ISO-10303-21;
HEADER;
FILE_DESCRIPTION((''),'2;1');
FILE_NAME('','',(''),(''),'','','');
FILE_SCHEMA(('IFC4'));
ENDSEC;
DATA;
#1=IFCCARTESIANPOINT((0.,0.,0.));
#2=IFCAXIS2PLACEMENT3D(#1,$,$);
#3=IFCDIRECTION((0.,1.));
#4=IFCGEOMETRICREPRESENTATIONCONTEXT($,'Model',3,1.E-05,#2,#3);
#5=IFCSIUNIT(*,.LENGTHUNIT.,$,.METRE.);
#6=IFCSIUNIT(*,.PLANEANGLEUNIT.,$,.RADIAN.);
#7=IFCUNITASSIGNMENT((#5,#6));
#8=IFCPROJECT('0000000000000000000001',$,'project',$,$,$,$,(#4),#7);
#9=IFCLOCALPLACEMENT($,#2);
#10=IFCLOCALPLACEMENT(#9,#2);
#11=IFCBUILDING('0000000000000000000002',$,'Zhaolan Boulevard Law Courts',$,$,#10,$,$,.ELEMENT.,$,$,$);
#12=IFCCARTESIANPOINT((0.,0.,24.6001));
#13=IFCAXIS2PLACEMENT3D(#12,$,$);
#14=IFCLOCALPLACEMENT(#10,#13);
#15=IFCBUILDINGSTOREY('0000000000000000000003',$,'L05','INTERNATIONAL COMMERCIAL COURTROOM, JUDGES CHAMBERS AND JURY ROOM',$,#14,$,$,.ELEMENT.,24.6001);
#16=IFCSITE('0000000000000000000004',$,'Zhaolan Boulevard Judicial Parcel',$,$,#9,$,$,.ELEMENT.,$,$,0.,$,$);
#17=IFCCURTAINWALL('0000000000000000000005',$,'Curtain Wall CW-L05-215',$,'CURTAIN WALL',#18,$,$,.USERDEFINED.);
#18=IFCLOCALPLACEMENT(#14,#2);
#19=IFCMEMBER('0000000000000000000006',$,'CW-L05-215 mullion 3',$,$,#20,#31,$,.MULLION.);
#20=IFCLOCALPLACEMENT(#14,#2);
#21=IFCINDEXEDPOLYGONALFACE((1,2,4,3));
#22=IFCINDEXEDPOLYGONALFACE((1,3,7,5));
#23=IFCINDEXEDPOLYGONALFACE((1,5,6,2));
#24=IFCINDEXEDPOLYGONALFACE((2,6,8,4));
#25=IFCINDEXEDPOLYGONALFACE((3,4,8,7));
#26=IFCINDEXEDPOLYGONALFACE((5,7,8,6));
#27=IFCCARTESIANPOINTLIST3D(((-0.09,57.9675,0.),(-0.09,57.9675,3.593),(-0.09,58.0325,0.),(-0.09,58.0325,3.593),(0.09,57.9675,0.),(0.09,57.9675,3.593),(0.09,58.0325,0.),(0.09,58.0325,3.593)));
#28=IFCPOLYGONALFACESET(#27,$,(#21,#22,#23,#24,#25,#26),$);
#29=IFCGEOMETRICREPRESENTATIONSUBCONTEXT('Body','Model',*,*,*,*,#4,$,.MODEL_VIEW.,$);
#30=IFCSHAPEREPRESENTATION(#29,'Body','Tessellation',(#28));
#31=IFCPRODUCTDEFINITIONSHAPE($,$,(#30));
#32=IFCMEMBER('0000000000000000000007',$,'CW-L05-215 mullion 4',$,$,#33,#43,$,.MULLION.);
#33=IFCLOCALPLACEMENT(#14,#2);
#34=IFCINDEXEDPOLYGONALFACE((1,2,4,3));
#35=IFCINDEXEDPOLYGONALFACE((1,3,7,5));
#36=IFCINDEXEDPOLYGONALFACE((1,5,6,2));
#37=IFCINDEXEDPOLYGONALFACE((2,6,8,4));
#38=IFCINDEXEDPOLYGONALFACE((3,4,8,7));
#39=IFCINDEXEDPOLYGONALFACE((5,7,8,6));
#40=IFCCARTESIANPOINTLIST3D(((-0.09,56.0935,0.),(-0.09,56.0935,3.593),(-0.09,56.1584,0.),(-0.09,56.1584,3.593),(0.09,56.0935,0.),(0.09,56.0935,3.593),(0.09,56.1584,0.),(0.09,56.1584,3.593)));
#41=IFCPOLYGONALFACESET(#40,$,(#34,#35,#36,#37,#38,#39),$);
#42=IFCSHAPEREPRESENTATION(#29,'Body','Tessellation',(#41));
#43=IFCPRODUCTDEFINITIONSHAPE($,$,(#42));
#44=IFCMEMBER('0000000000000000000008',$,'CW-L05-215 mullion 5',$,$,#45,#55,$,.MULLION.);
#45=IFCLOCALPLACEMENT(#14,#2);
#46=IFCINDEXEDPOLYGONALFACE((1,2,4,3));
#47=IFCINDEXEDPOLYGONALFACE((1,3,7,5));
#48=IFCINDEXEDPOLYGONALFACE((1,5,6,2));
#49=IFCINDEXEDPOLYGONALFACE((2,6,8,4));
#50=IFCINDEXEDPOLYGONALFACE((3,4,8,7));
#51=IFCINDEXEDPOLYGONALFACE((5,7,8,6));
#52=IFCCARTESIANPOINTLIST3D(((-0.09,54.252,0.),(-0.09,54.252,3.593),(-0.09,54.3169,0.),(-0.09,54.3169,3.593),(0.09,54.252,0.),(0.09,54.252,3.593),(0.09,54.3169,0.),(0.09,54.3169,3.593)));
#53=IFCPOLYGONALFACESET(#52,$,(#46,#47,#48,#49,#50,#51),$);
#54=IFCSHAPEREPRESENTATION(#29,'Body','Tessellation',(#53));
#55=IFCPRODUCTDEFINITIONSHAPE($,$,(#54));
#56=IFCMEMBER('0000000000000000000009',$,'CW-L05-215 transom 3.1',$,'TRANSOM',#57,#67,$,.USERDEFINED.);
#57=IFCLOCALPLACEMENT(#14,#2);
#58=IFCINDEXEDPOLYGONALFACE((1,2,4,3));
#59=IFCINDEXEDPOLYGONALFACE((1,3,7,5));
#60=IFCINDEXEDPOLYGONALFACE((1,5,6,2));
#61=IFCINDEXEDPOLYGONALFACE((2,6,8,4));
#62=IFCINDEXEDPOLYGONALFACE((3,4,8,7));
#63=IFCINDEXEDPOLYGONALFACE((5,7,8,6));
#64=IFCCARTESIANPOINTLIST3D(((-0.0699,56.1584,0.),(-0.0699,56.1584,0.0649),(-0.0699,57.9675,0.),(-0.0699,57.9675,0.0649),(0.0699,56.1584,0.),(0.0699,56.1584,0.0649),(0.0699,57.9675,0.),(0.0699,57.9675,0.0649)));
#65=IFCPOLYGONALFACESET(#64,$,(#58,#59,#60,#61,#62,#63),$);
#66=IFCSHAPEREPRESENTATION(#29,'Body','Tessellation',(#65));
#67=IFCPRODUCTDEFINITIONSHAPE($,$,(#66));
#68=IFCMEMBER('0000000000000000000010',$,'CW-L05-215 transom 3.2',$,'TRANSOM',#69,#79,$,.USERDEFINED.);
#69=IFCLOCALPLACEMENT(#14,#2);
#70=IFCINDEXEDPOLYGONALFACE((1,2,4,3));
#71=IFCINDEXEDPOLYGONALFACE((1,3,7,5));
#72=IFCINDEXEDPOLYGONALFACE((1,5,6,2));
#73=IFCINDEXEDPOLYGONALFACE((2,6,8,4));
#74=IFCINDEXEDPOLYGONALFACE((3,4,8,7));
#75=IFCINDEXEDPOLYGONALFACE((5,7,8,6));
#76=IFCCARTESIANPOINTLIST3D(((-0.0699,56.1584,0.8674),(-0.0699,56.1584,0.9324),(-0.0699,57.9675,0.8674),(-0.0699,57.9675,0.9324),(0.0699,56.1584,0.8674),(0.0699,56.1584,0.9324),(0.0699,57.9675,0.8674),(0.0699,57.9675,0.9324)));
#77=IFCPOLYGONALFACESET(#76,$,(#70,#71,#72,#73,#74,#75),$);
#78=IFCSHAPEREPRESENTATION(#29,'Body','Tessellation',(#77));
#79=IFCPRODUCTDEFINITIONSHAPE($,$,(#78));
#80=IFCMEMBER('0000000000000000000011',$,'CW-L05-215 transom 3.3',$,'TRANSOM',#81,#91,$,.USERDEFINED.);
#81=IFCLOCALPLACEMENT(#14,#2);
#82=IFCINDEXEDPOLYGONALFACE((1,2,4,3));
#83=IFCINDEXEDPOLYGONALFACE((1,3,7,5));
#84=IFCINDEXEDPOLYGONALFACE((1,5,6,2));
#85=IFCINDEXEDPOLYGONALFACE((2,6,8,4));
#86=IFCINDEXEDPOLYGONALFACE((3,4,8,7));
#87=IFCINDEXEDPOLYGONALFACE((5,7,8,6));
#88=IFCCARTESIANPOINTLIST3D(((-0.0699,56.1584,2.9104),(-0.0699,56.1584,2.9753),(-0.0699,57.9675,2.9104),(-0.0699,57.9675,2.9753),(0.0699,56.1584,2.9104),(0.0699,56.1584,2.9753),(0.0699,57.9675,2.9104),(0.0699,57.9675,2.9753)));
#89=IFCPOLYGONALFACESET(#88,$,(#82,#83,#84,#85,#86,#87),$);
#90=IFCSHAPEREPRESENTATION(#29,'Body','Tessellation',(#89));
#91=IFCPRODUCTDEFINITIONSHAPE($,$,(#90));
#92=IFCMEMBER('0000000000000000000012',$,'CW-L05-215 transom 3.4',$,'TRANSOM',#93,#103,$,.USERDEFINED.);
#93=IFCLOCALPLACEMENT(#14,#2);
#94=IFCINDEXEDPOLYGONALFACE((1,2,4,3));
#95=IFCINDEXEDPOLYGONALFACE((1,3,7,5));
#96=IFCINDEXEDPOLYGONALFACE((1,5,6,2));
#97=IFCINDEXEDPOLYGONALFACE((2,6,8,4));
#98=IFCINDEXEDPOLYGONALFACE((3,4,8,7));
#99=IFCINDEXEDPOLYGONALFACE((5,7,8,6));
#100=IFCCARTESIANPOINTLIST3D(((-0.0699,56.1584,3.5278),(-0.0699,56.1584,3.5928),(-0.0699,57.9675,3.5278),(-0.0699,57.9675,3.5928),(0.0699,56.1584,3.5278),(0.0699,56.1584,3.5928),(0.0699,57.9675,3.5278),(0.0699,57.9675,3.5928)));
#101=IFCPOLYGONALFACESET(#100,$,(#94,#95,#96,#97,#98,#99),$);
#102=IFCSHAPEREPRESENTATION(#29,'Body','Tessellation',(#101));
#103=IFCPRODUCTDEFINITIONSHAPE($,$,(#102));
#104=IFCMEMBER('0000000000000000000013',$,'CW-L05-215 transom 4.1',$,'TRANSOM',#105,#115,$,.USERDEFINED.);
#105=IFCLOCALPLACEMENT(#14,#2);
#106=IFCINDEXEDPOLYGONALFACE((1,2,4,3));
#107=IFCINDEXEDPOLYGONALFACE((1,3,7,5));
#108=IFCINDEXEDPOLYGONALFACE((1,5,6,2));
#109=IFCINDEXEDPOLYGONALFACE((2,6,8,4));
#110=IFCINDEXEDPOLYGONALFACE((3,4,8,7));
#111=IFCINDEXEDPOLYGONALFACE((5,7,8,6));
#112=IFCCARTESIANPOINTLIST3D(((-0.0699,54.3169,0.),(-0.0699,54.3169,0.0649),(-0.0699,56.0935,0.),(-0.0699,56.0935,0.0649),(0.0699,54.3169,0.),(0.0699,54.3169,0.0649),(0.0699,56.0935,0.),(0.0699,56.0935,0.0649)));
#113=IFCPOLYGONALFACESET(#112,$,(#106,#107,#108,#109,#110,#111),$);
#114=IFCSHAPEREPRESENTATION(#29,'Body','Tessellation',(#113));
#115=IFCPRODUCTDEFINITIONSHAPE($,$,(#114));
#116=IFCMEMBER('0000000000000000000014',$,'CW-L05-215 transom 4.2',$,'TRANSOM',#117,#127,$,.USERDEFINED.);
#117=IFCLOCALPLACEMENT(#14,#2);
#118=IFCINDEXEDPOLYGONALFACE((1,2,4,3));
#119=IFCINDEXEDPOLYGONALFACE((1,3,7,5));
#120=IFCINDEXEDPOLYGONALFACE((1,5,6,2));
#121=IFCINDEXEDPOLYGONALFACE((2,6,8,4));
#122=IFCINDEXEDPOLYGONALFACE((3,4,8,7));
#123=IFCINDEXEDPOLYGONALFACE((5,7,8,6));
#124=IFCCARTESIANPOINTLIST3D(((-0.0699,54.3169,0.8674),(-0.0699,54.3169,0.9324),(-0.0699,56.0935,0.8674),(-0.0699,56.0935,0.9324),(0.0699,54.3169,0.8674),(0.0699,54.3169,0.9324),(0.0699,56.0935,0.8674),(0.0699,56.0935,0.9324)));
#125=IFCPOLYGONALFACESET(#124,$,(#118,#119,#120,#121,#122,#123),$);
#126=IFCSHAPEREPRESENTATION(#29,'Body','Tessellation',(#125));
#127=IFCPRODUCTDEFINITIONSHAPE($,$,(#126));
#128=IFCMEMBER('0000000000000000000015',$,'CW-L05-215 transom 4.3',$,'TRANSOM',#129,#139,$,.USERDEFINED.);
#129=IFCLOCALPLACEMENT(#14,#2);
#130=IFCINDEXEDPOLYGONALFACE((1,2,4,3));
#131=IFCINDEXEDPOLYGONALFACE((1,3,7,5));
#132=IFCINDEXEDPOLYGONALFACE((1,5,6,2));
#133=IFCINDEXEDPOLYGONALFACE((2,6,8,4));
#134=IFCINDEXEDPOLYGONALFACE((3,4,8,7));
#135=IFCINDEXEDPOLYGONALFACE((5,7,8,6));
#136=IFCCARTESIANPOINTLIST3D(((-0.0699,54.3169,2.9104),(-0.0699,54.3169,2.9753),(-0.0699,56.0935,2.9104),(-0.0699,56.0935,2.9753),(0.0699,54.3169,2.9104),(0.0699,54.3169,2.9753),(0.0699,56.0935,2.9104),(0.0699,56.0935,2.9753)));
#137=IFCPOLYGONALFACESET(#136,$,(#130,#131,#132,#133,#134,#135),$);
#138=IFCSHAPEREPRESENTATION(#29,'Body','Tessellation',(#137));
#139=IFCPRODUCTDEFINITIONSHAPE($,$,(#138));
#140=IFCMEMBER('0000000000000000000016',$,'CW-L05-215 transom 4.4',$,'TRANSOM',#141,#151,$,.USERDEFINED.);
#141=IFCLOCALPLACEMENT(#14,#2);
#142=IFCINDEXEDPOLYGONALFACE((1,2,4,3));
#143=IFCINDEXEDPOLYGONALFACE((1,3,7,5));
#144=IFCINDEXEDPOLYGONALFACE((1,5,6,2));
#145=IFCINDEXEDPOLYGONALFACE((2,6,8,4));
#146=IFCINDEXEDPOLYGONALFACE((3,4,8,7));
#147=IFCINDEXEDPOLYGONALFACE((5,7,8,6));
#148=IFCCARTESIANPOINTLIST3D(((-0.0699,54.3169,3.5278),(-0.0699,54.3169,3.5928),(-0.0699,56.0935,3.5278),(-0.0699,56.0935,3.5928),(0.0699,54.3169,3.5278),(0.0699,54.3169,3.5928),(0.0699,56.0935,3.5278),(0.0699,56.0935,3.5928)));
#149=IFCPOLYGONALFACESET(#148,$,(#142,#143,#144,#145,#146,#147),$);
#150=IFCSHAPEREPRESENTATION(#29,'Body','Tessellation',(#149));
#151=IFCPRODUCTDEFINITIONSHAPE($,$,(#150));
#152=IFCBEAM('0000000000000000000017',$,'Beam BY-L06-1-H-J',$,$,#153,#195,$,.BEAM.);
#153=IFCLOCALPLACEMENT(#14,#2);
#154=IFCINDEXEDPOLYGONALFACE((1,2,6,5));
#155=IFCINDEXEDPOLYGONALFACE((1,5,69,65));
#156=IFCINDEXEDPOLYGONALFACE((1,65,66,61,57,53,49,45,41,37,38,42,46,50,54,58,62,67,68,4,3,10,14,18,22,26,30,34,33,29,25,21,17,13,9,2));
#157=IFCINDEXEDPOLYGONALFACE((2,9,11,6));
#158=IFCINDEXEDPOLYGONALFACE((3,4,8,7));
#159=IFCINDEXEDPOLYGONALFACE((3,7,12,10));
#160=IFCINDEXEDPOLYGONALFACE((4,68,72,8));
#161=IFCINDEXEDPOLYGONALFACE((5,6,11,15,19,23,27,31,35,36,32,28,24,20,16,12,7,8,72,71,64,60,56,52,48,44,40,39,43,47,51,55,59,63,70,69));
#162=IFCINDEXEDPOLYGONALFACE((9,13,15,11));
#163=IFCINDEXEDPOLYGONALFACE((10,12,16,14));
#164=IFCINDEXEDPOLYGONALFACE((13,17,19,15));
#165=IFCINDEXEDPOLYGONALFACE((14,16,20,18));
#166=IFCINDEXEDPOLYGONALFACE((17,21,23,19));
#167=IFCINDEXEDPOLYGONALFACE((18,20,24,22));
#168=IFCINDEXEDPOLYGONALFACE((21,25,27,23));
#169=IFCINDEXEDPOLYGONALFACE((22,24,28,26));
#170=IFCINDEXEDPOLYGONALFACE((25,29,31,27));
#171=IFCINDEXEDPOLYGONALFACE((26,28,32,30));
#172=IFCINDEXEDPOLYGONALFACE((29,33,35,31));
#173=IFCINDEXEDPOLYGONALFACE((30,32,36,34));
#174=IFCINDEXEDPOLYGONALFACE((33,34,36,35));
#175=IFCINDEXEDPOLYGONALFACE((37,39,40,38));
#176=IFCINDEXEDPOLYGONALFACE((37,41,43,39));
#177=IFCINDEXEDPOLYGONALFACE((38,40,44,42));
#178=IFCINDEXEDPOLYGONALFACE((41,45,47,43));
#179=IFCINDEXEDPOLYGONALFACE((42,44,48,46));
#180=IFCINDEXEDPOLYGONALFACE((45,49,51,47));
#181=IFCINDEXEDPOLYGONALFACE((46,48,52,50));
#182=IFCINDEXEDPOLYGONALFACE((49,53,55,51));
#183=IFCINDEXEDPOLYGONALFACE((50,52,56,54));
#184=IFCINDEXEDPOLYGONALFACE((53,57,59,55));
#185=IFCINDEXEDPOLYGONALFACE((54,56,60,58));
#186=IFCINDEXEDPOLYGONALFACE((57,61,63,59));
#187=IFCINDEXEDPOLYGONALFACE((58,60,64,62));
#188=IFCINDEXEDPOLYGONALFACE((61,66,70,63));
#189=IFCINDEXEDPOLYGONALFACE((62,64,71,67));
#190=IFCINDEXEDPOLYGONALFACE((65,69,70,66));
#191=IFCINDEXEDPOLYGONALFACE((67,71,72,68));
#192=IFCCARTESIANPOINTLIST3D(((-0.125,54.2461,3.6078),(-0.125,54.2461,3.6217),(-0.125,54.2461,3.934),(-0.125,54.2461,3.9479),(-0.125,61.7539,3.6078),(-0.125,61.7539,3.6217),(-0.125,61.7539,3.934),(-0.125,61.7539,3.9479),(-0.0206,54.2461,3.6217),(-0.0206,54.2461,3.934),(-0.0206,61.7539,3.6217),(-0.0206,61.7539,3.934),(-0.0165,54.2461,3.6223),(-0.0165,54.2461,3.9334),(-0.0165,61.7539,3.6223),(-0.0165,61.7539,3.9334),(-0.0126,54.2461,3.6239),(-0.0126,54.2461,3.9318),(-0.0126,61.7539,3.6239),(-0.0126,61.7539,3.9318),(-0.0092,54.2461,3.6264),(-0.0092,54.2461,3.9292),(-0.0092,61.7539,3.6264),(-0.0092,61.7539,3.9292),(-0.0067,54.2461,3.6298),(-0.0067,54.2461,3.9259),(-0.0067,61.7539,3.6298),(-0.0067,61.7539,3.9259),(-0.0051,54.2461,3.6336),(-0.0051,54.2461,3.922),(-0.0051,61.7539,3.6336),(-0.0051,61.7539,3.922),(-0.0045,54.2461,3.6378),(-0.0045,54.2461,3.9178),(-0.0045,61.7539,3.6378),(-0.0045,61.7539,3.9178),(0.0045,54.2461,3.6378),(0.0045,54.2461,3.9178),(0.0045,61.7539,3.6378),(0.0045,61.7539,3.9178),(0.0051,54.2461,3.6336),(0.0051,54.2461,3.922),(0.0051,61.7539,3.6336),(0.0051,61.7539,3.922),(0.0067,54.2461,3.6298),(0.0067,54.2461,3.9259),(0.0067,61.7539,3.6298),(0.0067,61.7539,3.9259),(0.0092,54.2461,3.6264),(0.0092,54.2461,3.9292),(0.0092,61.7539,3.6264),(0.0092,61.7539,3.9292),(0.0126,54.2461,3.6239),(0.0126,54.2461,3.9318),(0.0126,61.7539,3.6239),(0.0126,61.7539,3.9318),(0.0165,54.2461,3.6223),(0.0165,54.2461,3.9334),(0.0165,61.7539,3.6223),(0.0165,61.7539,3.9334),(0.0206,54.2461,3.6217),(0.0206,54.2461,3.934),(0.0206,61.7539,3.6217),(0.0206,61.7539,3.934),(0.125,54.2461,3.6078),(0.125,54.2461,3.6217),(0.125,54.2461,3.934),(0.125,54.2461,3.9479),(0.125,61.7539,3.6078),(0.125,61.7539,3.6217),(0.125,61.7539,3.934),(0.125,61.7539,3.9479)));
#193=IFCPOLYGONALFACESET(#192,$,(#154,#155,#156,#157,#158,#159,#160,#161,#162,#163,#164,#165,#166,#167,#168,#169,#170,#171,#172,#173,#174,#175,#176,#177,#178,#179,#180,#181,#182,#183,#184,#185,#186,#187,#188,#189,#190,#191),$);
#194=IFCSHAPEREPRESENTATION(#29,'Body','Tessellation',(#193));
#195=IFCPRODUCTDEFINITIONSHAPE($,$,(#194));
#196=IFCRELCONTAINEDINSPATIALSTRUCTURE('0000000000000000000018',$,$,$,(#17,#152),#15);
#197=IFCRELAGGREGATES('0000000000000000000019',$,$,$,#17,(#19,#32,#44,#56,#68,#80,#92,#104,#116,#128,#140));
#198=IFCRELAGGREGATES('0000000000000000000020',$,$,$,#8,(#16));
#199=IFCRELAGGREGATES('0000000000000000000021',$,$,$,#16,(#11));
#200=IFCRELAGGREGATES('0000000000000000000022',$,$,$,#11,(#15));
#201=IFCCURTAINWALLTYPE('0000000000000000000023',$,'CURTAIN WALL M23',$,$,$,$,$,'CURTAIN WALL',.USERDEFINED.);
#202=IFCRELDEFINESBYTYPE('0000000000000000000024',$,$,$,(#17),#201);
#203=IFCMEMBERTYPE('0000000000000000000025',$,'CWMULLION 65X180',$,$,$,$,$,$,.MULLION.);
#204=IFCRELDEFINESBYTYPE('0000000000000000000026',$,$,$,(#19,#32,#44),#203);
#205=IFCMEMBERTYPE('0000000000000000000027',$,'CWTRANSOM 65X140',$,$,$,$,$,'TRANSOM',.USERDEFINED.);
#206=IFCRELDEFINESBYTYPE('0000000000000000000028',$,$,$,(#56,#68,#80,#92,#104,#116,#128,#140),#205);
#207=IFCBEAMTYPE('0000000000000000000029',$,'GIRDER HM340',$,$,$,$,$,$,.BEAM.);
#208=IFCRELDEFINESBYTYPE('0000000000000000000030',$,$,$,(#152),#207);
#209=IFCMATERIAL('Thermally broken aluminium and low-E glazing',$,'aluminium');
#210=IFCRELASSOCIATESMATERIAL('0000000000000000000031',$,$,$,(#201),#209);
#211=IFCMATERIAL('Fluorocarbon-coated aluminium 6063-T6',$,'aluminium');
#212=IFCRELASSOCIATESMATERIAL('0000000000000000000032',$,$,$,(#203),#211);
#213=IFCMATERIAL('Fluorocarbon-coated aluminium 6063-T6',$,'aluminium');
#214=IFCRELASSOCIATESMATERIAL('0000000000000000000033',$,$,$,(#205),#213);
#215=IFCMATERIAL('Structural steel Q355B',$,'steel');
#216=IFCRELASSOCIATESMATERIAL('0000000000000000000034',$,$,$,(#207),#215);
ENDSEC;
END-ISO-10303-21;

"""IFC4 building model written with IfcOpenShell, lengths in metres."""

from ifc_helpers import new_model, si_unit, direction, frame, origin, origin_2d, place, context, subcontext, project, spatial, rectangle, i_section, extrude, material, material_profile, profile_set, type_object, element, aggregate, save


model = new_model("IFC4")

# Units and contexts
model_context = context("Model", 3, precision=1e-05, world=origin(), true_north=direction((0.0, 1.0)))
body_context = subcontext(model_context, "Body", "Model", "MODEL_VIEW")
ifc_project = project(units=[si_unit("LENGTHUNIT", "METRE"), si_unit("PLANEANGLEUNIT", "RADIAN")], contexts=[model_context])

# Site, building, storey
site_placement = place(None, origin())
site = spatial("IfcSite", under=ifc_project, at=site_placement, Name="Zhaolan Boulevard Judicial Parcel", CompositionType="ELEMENT", RefElevation=0.0)
building_placement = place(site_placement, origin())
building = spatial("IfcBuilding", under=site, at=building_placement, Name="Zhaolan Boulevard Law Courts", CompositionType="ELEMENT")
storey_placement = place(building_placement, frame((0.0, 0.0, 24.6001)))
storey = spatial("IfcBuildingStorey", under=building, at=storey_placement, Name="L05", Description="INTERNATIONAL COMMERCIAL COURTROOM, JUDGES CHAMBERS AND JURY ROOM", CompositionType="ELEMENT", Elevation=24.6001)

# Curtain wall, members
ifc_material_1 = material(Name="Thermally broken aluminium and low-E glazing", Category="aluminium")
curtain_wall_type = type_object("IfcCurtainWallType", Name="CURTAIN WALL M23", ElementType="CURTAIN WALL", PredefinedType="USERDEFINED", material=ifc_material_1)
curtain_wall_placement = place(storey_placement, origin())
curtain_wall = element("IfcCurtainWall", 1, at=curtain_wall_placement, inside=storey, type_object=curtain_wall_type, Name="Curtain Wall CW-L05-215", ObjectType="CURTAIN WALL", PredefinedType="USERDEFINED")
ifc_material_2 = material(Name="Fluorocarbon-coated aluminium 6063-T6", Category="aluminium")
ifc_material_profile_1 = material_profile(ifc_material_2, rectangle(XDim=0.1799, YDim=0.0649, at=origin_2d()), Name="AL65x180")
ifc_profile_set_1 = profile_set([ifc_material_profile_1], Name="Fluorocarbon-coated aluminium 6063-T6")
member_type_1 = type_object("IfcMemberType", Name="CWMULLION 65X180", PredefinedType="MULLION", material=ifc_profile_set_1)
member_1_placement = place(storey_placement, frame((0.0, 58.0, 0.0), z_axis=(0.0, 0.0, 1.0), x_axis=(1.0, 0.0, 0.0)))
member_1 = element("IfcMember", 2, at=member_1_placement, type_object=member_type_1, Name="CW-L05-215 mullion 3", PredefinedType="MULLION", context=body_context, shape_type="SweptSolid", body=[
    extrude(rectangle(XDim=0.1799, YDim=0.0649, at=origin_2d()), origin(), (0.0, 0.0, 1.0), 3.593),
])
member_2_placement = place(storey_placement, frame((0.0, 56.126, 0.0), z_axis=(0.0, 0.0, 1.0), x_axis=(1.0, 0.0, 0.0)))
member_2 = element("IfcMember", 3, at=member_2_placement, type_object=member_type_1, Name="CW-L05-215 mullion 4", PredefinedType="MULLION", context=body_context, shape_type="SweptSolid", body=[
    extrude(rectangle(XDim=0.1799, YDim=0.0649, at=origin_2d()), origin(), (0.0, 0.0, 1.0), 3.593),
])
member_3_placement = place(storey_placement, frame((0.0, 54.2844, 0.0), z_axis=(0.0, 0.0, 1.0), x_axis=(1.0, 0.0, 0.0)))
member_3 = element("IfcMember", 4, at=member_3_placement, type_object=member_type_1, Name="CW-L05-215 mullion 5", PredefinedType="MULLION", context=body_context, shape_type="SweptSolid", body=[
    extrude(rectangle(XDim=0.1799, YDim=0.0649, at=origin_2d()), origin(), (0.0, 0.0, 1.0), 3.593),
])
ifc_material_3 = material(Name="Fluorocarbon-coated aluminium 6063-T6", Category="aluminium")
ifc_material_profile_2 = material_profile(ifc_material_3, rectangle(XDim=0.1399, YDim=0.0649, at=origin_2d()), Name="AL65x140")
ifc_profile_set_2 = profile_set([ifc_material_profile_2], Name="Fluorocarbon-coated aluminium 6063-T6")
member_type_2 = type_object("IfcMemberType", Name="CWTRANSOM 65X140", ElementType="TRANSOM", PredefinedType="USERDEFINED", material=ifc_profile_set_2)
member_4_placement = place(storey_placement, frame((0.0, 57.9675, 0.0325), z_axis=(0.0, -1.0, 0.0), x_axis=(1.0, 0.0, 0.0)))
member_4 = element("IfcMember", 5, at=member_4_placement, type_object=member_type_2, Name="CW-L05-215 transom 3.1", ObjectType="TRANSOM", PredefinedType="USERDEFINED", context=body_context, shape_type="SweptSolid", body=[
    extrude(rectangle(XDim=0.1399, YDim=0.0649, at=origin_2d()), origin(), (0.0, 0.0, 1.0), 1.8091),
])
member_5_placement = place(storey_placement, frame((0.0, 57.9675, 0.8999), z_axis=(0.0, -1.0, 0.0), x_axis=(1.0, 0.0, 0.0)))
member_5 = element("IfcMember", 6, at=member_5_placement, type_object=member_type_2, Name="CW-L05-215 transom 3.2", ObjectType="TRANSOM", PredefinedType="USERDEFINED", context=body_context, shape_type="SweptSolid", body=[
    extrude(rectangle(XDim=0.1399, YDim=0.0649, at=origin_2d()), origin(), (0.0, 0.0, 1.0), 1.8091),
])
member_6_placement = place(storey_placement, frame((0.0, 57.9675, 2.9429), z_axis=(0.0, -1.0, 0.0), x_axis=(1.0, 0.0, 0.0)))
member_6 = element("IfcMember", 7, at=member_6_placement, type_object=member_type_2, Name="CW-L05-215 transom 3.3", ObjectType="TRANSOM", PredefinedType="USERDEFINED", context=body_context, shape_type="SweptSolid", body=[
    extrude(rectangle(XDim=0.1399, YDim=0.0649, at=origin_2d()), origin(), (0.0, 0.0, 1.0), 1.8091),
])
member_7_placement = place(storey_placement, frame((0.0, 57.9675, 3.5603), z_axis=(0.0, -1.0, 0.0), x_axis=(1.0, 0.0, 0.0)))
member_7 = element("IfcMember", 8, at=member_7_placement, type_object=member_type_2, Name="CW-L05-215 transom 3.4", ObjectType="TRANSOM", PredefinedType="USERDEFINED", context=body_context, shape_type="SweptSolid", body=[
    extrude(rectangle(XDim=0.1399, YDim=0.0649, at=origin_2d()), origin(), (0.0, 0.0, 1.0), 1.8091),
])
member_8_placement = place(storey_placement, frame((0.0, 56.0935, 0.0325), z_axis=(0.0, -1.0, 0.0), x_axis=(1.0, 0.0, 0.0)))
member_8 = element("IfcMember", 9, at=member_8_placement, type_object=member_type_2, Name="CW-L05-215 transom 4.1", ObjectType="TRANSOM", PredefinedType="USERDEFINED", context=body_context, shape_type="SweptSolid", body=[
    extrude(rectangle(XDim=0.1399, YDim=0.0649, at=origin_2d()), origin(), (0.0, 0.0, 1.0), 1.7766),
])
member_9_placement = place(storey_placement, frame((0.0, 56.0935, 0.8999), z_axis=(0.0, -1.0, 0.0), x_axis=(1.0, 0.0, 0.0)))
member_9 = element("IfcMember", 10, at=member_9_placement, type_object=member_type_2, Name="CW-L05-215 transom 4.2", ObjectType="TRANSOM", PredefinedType="USERDEFINED", context=body_context, shape_type="SweptSolid", body=[
    extrude(rectangle(XDim=0.1399, YDim=0.0649, at=origin_2d()), origin(), (0.0, 0.0, 1.0), 1.7766),
])
member_10_placement = place(storey_placement, frame((0.0, 56.0935, 2.9429), z_axis=(0.0, -1.0, 0.0), x_axis=(1.0, 0.0, 0.0)))
member_10 = element("IfcMember", 11, at=member_10_placement, type_object=member_type_2, Name="CW-L05-215 transom 4.3", ObjectType="TRANSOM", PredefinedType="USERDEFINED", context=body_context, shape_type="SweptSolid", body=[
    extrude(rectangle(XDim=0.1399, YDim=0.0649, at=origin_2d()), origin(), (0.0, 0.0, 1.0), 1.7766),
])
member_11_placement = place(storey_placement, frame((0.0, 56.0935, 3.5603), z_axis=(0.0, -1.0, 0.0), x_axis=(1.0, 0.0, 0.0)))
member_11 = element("IfcMember", 12, at=member_11_placement, type_object=member_type_2, Name="CW-L05-215 transom 4.4", ObjectType="TRANSOM", PredefinedType="USERDEFINED", context=body_context, shape_type="SweptSolid", body=[
    extrude(rectangle(XDim=0.1399, YDim=0.0649, at=origin_2d()), origin(), (0.0, 0.0, 1.0), 1.7766),
])

# Beam
ifc_material_4 = material(Name="Structural steel Q355B", Category="steel")
ifc_material_profile_3 = material_profile(ifc_material_4, i_section(OverallWidth=0.25, OverallDepth=0.3401, WebThickness=0.009, FlangeThickness=0.0139, FilletRadius=0.0161, at=origin_2d()), Name="HM340x250")
ifc_profile_set_3 = profile_set([ifc_material_profile_3], Name="Structural steel Q355B")
beam_type = type_object("IfcBeamType", Name="GIRDER HM340", PredefinedType="BEAM", material=ifc_profile_set_3)
beam_placement = place(storey_placement, frame((0.0, 54.2461, 3.7778), z_axis=(0.0, 1.0, 0.0), x_axis=(-1.0, 0.0, 0.0)))
element("IfcBeam", 13, at=beam_placement, inside=storey, type_object=beam_type, Name="Beam BY-L06-1-H-J", PredefinedType="BEAM", context=body_context, shape_type="SweptSolid", body=[
    extrude(i_section(OverallWidth=0.25, OverallDepth=0.3401, WebThickness=0.009, FlangeThickness=0.0139, FilletRadius=0.0161, at=origin_2d()), origin(), (0.0, 0.0, 1.0), 7.5078),
])

aggregate(curtain_wall, [member_1, member_2, member_3, member_4, member_5, member_6, member_7, member_8, member_9, member_10, member_11])

save(model, "model.ifc")
